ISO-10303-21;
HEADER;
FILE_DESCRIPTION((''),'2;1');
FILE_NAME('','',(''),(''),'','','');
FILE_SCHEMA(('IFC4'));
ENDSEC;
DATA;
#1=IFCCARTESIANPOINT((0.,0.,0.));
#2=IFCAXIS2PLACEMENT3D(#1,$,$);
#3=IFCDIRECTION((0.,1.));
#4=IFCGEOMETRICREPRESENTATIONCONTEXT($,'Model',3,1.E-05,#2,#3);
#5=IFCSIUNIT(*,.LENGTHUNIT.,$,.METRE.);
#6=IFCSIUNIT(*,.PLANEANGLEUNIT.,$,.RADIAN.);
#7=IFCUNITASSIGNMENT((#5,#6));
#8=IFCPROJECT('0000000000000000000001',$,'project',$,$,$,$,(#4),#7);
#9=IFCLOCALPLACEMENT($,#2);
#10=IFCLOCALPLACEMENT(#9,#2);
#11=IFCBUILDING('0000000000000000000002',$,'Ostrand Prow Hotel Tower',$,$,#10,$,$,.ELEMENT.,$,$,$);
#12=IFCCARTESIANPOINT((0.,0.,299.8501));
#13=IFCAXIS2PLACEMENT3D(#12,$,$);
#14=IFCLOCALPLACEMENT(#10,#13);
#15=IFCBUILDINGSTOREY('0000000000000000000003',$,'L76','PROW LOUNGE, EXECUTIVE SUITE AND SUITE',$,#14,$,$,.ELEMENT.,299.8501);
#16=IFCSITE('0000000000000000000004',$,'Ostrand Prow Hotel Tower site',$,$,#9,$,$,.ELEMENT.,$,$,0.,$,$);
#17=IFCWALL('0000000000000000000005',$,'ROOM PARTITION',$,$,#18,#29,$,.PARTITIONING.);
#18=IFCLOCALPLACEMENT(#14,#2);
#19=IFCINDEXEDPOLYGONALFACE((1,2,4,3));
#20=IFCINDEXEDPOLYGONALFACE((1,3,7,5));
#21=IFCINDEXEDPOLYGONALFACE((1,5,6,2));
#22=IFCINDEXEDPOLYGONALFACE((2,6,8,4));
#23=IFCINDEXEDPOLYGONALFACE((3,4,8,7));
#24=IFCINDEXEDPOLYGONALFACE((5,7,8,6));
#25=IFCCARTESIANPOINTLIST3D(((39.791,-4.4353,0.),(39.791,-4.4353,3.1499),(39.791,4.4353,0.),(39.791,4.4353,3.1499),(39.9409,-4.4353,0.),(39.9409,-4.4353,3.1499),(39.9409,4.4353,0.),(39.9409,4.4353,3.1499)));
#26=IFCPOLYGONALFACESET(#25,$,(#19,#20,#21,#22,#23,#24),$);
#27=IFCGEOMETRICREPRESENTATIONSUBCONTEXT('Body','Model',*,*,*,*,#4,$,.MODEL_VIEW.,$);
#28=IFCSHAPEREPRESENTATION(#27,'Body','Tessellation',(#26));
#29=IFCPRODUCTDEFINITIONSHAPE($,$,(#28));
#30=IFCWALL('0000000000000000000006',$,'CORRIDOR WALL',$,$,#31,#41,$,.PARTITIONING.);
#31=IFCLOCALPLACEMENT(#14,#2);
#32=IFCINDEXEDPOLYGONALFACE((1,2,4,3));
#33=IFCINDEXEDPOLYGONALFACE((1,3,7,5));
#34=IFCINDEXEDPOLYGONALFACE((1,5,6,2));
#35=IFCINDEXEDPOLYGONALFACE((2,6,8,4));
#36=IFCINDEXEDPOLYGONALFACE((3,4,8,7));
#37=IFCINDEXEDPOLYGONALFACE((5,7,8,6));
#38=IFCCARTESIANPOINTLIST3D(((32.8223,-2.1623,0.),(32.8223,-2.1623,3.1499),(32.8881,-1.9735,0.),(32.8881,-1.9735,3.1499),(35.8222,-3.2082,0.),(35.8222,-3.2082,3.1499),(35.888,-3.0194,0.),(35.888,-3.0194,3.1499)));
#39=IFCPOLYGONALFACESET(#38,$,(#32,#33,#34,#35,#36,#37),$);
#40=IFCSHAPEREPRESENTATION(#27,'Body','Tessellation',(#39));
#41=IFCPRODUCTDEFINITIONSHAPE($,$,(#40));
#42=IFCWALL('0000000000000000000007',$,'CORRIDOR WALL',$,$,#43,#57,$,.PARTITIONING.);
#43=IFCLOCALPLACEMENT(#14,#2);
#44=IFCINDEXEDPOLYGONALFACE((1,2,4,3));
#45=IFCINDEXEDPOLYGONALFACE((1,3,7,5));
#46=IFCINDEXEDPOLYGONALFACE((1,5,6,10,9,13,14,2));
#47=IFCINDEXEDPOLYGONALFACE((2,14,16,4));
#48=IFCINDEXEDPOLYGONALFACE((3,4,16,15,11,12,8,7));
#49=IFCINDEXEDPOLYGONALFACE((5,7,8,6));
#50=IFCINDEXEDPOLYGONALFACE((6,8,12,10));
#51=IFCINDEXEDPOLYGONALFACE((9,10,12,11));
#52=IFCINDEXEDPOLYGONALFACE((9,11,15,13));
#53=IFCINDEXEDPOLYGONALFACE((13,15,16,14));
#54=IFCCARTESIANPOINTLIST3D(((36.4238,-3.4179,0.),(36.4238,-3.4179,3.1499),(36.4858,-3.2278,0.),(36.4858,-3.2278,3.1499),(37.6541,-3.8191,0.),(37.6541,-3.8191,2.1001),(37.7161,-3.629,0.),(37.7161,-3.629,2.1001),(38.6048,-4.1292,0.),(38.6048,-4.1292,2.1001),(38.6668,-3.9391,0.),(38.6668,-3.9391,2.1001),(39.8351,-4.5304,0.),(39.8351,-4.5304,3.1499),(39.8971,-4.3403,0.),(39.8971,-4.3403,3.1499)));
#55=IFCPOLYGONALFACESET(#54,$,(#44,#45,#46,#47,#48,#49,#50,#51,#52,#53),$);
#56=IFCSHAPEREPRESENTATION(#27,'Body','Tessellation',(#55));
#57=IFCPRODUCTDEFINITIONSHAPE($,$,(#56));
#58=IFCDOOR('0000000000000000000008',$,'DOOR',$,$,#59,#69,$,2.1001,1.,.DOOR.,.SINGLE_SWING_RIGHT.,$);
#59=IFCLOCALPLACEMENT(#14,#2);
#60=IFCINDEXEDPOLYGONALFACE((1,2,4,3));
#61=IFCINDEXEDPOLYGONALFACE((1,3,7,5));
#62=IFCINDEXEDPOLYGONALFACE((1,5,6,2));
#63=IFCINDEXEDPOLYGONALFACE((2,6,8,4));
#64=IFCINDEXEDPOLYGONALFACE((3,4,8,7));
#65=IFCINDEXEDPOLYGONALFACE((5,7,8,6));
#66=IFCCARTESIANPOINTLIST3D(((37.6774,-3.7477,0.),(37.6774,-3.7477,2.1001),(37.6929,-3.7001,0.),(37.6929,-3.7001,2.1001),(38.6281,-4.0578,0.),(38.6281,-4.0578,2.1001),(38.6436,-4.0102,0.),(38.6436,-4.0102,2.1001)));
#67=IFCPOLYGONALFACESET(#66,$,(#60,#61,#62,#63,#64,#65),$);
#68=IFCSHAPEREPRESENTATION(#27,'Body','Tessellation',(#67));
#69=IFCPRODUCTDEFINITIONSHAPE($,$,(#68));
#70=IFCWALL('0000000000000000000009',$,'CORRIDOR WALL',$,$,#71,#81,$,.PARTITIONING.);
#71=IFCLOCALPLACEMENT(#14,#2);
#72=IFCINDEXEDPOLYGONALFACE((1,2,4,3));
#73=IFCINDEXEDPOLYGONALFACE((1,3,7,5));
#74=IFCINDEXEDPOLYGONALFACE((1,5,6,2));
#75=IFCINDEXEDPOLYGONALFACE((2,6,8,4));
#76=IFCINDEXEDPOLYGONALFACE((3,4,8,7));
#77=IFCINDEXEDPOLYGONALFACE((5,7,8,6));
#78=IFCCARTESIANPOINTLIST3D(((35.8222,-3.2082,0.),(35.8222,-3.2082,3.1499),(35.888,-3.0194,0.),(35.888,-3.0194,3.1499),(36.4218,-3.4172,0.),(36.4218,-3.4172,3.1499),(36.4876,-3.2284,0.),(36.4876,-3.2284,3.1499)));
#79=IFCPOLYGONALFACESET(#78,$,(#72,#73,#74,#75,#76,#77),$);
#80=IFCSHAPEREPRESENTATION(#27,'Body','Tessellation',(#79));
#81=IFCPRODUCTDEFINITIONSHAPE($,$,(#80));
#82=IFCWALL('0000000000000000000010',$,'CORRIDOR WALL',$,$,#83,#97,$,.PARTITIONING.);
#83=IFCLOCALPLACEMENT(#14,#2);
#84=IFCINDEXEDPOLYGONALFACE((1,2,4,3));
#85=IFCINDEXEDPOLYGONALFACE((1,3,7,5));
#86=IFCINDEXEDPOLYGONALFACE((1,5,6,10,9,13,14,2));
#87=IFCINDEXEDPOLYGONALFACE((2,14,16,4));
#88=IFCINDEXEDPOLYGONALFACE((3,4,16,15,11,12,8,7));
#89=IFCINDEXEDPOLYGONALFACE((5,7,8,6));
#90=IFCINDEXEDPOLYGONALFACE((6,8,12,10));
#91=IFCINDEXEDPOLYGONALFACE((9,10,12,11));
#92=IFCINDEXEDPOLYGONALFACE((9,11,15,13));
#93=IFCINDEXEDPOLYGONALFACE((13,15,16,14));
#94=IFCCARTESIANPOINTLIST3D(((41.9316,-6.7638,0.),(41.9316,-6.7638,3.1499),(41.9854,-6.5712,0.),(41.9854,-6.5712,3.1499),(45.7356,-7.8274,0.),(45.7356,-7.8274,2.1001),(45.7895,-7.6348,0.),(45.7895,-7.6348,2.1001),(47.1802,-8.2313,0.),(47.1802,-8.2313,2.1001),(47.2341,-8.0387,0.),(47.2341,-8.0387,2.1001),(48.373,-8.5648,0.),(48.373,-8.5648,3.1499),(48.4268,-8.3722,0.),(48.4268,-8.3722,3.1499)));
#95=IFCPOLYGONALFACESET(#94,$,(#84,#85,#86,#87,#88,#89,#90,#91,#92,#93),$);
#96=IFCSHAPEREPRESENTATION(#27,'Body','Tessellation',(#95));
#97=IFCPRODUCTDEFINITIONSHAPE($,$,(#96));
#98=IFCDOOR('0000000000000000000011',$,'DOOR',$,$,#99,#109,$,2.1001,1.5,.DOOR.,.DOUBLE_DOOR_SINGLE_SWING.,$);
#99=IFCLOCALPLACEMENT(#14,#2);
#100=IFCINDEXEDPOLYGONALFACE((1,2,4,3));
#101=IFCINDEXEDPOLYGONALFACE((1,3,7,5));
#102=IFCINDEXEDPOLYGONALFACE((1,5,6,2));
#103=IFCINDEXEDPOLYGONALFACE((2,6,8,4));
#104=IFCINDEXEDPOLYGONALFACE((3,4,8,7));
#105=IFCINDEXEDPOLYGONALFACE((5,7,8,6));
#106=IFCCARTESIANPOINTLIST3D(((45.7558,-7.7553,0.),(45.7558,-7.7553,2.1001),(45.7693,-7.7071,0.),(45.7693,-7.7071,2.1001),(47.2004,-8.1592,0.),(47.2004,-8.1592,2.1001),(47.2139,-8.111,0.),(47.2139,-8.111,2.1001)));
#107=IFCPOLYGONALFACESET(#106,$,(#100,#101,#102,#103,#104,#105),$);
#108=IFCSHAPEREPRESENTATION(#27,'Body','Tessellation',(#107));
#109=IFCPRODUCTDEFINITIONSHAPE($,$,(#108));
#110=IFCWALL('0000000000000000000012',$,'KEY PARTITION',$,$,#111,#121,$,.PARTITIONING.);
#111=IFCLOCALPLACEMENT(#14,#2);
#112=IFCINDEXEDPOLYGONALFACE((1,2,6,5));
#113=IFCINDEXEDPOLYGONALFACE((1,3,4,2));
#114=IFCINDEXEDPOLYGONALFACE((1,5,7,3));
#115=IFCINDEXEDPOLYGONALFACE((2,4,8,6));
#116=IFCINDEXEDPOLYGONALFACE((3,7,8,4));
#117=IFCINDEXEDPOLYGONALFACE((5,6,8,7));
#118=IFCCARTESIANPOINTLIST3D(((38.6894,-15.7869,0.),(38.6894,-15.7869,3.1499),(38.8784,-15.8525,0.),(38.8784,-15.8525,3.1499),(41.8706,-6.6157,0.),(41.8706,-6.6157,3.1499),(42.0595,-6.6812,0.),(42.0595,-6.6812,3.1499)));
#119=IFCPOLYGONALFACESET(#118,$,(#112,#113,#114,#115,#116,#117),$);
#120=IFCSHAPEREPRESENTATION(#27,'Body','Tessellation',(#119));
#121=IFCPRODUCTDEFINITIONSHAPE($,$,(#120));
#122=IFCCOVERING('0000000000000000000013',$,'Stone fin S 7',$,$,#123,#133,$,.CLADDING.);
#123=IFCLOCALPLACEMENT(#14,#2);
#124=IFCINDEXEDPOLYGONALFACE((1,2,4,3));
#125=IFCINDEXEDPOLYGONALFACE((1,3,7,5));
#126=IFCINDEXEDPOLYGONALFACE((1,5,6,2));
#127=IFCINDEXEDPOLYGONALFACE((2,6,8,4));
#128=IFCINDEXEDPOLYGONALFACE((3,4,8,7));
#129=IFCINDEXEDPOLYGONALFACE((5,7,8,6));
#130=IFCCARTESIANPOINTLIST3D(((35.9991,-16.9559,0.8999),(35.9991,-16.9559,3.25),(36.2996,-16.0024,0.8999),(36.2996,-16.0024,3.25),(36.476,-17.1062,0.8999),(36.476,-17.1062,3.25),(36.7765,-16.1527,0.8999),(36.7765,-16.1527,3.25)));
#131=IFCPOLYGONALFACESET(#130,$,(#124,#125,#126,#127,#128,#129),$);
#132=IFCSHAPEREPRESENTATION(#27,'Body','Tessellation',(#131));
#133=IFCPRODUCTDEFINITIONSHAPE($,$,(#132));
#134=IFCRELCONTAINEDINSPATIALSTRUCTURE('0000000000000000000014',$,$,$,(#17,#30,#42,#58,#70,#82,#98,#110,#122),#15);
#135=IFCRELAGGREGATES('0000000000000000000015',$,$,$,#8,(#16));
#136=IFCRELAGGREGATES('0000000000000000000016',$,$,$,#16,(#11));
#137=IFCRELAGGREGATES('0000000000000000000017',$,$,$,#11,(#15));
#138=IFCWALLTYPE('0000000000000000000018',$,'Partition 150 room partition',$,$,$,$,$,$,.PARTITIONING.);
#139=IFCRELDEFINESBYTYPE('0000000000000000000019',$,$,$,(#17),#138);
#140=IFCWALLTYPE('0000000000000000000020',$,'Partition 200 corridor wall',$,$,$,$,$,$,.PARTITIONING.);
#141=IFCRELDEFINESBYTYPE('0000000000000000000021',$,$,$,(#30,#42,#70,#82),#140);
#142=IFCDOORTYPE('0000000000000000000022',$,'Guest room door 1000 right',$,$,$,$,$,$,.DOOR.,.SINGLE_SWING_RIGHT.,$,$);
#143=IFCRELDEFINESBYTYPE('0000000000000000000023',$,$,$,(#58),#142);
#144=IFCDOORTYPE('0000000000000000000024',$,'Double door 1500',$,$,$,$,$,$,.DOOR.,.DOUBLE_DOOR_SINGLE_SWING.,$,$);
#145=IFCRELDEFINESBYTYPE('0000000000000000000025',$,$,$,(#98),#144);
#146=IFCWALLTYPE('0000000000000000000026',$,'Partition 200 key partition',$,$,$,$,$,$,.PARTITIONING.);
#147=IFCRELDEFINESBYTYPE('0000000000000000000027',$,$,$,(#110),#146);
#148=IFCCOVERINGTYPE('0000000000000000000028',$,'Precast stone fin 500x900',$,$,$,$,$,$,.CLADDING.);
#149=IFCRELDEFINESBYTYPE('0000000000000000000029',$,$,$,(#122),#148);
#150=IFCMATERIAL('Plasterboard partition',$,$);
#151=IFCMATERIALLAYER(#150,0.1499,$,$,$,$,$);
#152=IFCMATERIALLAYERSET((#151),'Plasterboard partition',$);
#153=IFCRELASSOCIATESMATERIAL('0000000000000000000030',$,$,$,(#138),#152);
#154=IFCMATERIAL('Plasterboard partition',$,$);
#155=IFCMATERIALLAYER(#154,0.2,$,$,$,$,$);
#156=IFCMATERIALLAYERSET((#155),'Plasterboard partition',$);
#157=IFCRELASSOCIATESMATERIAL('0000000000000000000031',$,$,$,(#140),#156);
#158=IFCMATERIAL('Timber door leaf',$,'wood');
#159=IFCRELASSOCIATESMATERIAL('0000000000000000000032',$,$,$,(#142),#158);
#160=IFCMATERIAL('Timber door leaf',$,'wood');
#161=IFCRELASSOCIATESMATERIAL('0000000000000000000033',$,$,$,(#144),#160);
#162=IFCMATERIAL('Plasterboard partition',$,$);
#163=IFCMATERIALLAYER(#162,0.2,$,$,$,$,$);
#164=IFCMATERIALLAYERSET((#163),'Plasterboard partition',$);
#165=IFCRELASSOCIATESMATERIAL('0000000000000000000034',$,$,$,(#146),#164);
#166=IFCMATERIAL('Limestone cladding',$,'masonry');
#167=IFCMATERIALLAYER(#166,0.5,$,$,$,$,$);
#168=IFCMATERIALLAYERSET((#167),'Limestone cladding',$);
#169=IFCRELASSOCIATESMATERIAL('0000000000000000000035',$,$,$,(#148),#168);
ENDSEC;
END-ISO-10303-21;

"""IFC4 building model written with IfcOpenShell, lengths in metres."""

from ifc_helpers import new_model, si_unit, direction, frame, frame_2d, origin, place, context, subcontext, project, spatial, rectangle, extrude, material, layer, layer_set, type_object, element, fill, save


model = new_model("IFC4")

# Units and contexts
model_context = context("Model", 3, precision=1e-05, world=origin(), true_north=direction((0.0, 1.0)))
body_context = subcontext(model_context, "Body", "Model", "MODEL_VIEW")
ifc_project = project(units=[si_unit("LENGTHUNIT", "METRE"), si_unit("PLANEANGLEUNIT", "RADIAN")], contexts=[model_context])

# Site, building, storey
site_placement = place(None, origin())
site = spatial("IfcSite", under=ifc_project, at=site_placement, Name="Ostrand Prow Hotel Tower site", CompositionType="ELEMENT", RefElevation=0.0)
building_placement = place(site_placement, origin())
building = spatial("IfcBuilding", under=site, at=building_placement, Name="Ostrand Prow Hotel Tower", CompositionType="ELEMENT")
storey_placement = place(building_placement, frame((0.0, 0.0, 299.8501)))
storey = spatial("IfcBuildingStorey", under=building, at=storey_placement, Name="L76", Description="PROW LOUNGE, EXECUTIVE SUITE AND SUITE", CompositionType="ELEMENT", Elevation=299.8501)

# Walls
ifc_material_1 = material(Name="Plasterboard partition")
ifc_layer_1 = layer(ifc_material_1, 0.1499)
ifc_layer_set_1 = layer_set([ifc_layer_1], Name="Plasterboard partition")
wall_type_1 = type_object("IfcWallType", Name="Partition 150 room partition", PredefinedType="PARTITIONING", material=ifc_layer_set_1)
wall_1_placement = place(storey_placement, frame((39.866, -4.4353, 0.0), z_axis=(0.0, 0.0, 1.0), x_axis=(0.0, 1.0, 0.0)))
element("IfcWall", 1, at=wall_1_placement, inside=storey, type_object=wall_type_1, Name="ROOM PARTITION", PredefinedType="PARTITIONING", context=body_context, shape_type="SweptSolid", body=[
    extrude(rectangle(XDim=8.8706, YDim=0.1499, at=frame_2d((4.4353, 0.0))), origin(), (0.0, 0.0, 1.0), 3.1499),
])
ifc_material_2 = material(Name="Plasterboard partition")
ifc_layer_2 = layer(ifc_material_2, 0.2)
ifc_layer_set_2 = layer_set([ifc_layer_2], Name="Plasterboard partition")
wall_type_2 = type_object("IfcWallType", Name="Partition 200 corridor wall", PredefinedType="PARTITIONING", material=ifc_layer_set_2)
wall_2_placement = place(storey_placement, frame((35.855, -3.1138, 0.0), z_axis=(0.0, 0.0, 1.0), x_axis=(-0.94426, 0.3292, 0.0)))
element("IfcWall", 2, at=wall_2_placement, inside=storey, type_object=wall_type_2, Name="CORRIDOR WALL", PredefinedType="PARTITIONING", context=body_context, shape_type="SweptSolid", body=[
    extrude(rectangle(XDim=3.177, YDim=0.2, at=frame_2d((1.5884, 0.0))), origin(), (0.0, 0.0, 1.0), 3.1499),
])

# Wall, opening, door
wall_3_placement = place(storey_placement, frame((39.866, -4.4353, 0.0), z_axis=(0.0, 0.0, 1.0), x_axis=(-0.950718, 0.310057, 0.0)))
wall_3 = element("IfcWall", 3, at=wall_3_placement, inside=storey, type_object=wall_type_2, Name="CORRIDOR WALL", PredefinedType="PARTITIONING", context=body_context, shape_type="SweptSolid", body=[
    extrude(rectangle(XDim=3.5881, YDim=0.2, at=frame_2d((1.7939, 0.0))), origin(), (0.0, 0.0, 1.0), 3.1499),
])
opening_1_placement = place(wall_3_placement, frame((1.2939, 0.0, 0.0)))
opening_1 = element("IfcOpeningElement", 4, at=opening_1_placement, cuts=wall_3, PredefinedType="OPENING", context=body_context, shape_type="SweptSolid", body=[
    extrude(rectangle(XDim=1.0, YDim=2.1001, at=frame_2d((0.5, 1.05))), frame((0.0, 0.1099, 0.0), z_axis=(0.0, -1.0, 0.0), x_axis=(1.0, 0.0, 0.0)), (0.0, 0.0, 1.0), 0.22),
])
ifc_material_3 = material(Name="Timber door leaf", Category="wood")
door_type_1 = type_object("IfcDoorType", Name="Guest room door 1000 right", OperationType="SINGLE_SWING_RIGHT", PredefinedType="DOOR", material=ifc_material_3)
door_1_placement = place(opening_1_placement, origin())
door_1 = element("IfcDoor", 5, at=door_1_placement, inside=storey, type_object=door_type_1, Name="DOOR", OperationType="SINGLE_SWING_RIGHT", OverallHeight=2.1001, OverallWidth=1.0, PredefinedType="DOOR", context=body_context, shape_type="SweptSolid", body=[
    extrude(rectangle(XDim=1.0, YDim=2.1001, at=frame_2d((0.5, 1.05))), frame((0.0, 0.0249, 0.0), z_axis=(0.0, -1.0, 0.0), x_axis=(1.0, 0.0, 0.0)), (0.0, 0.0, 1.0), 0.05),
])
fill(opening_1, door_1)

# Wall
wall_4_placement = place(storey_placement, frame((36.4546, -3.3228, 0.0), z_axis=(0.0, 0.0, 1.0), x_axis=(-0.944289, 0.329117, 0.0)))
element("IfcWall", 6, at=wall_4_placement, inside=storey, type_object=wall_type_2, Name="CORRIDOR WALL", PredefinedType="PARTITIONING", context=body_context, shape_type="SweptSolid", body=[
    extrude(rectangle(XDim=0.635, YDim=0.2, at=frame_2d((0.3174, 0.0))), origin(), (0.0, 0.0, 1.0), 3.1499),
])

# Wall, opening, door
wall_5_placement = place(storey_placement, frame((41.9585, -6.6675, 0.0), z_axis=(0.0, 0.0, 1.0), x_axis=(0.963064, -0.269274, 0.0)))
wall_5 = element("IfcWall", 7, at=wall_5_placement, inside=storey, type_object=wall_type_2, Name="CORRIDOR WALL", PredefinedType="PARTITIONING", context=body_context, shape_type="SweptSolid", body=[
    extrude(rectangle(XDim=6.6885, YDim=0.2, at=frame_2d((3.3442, 0.0))), origin(), (0.0, 0.0, 1.0), 3.1499),
])
opening_2_placement = place(wall_5_placement, frame((3.95, 0.0, 0.0)))
opening_2 = element("IfcOpeningElement", 8, at=opening_2_placement, cuts=wall_5, PredefinedType="OPENING", context=body_context, shape_type="SweptSolid", body=[
    extrude(rectangle(XDim=1.5, YDim=2.1001, at=frame_2d((0.75, 1.05))), frame((0.0, 0.1099, 0.0), z_axis=(0.0, -1.0, 0.0), x_axis=(1.0, 0.0, 0.0)), (0.0, 0.0, 1.0), 0.22),
])
ifc_material_4 = material(Name="Timber door leaf", Category="wood")
door_type_2 = type_object("IfcDoorType", Name="Double door 1500", OperationType="DOUBLE_DOOR_SINGLE_SWING", PredefinedType="DOOR", material=ifc_material_4)
door_2_placement = place(opening_2_placement, origin())
door_2 = element("IfcDoor", 9, at=door_2_placement, inside=storey, type_object=door_type_2, Name="DOOR", OperationType="DOUBLE_DOOR_SINGLE_SWING", OverallHeight=2.1001, OverallWidth=1.5, PredefinedType="DOOR", context=body_context, shape_type="SweptSolid", body=[
    extrude(rectangle(XDim=1.5, YDim=2.1001, at=frame_2d((0.75, 1.05))), frame((0.0, 0.0249, 0.0), z_axis=(0.0, -1.0, 0.0), x_axis=(1.0, 0.0, 0.0)), (0.0, 0.0, 1.0), 0.05),
])
fill(opening_2, door_2)

# Wall
ifc_material_5 = material(Name="Plasterboard partition")
ifc_layer_3 = layer(ifc_material_5, 0.2)
ifc_layer_set_3 = layer_set([ifc_layer_3], Name="Plasterboard partition")
wall_type_3 = type_object("IfcWallType", Name="Partition 200 key partition", PredefinedType="PARTITIONING", material=ifc_layer_set_3)
wall_6_placement = place(storey_placement, frame((38.7839, -15.8196, 0.0), z_axis=(0.0, 0.0, 1.0), x_axis=(0.327711, 0.944778, 0.0)))
element("IfcWall", 10, at=wall_6_placement, inside=storey, type_object=wall_type_3, Name="KEY PARTITION", PredefinedType="PARTITIONING", context=body_context, shape_type="SweptSolid", body=[
    extrude(rectangle(XDim=9.7073, YDim=0.2, at=frame_2d((4.8535, 0.0))), origin(), (0.0, 0.0, 1.0), 3.1499),
])

# Covering
ifc_material_6 = material(Name="Limestone cladding", Category="masonry")
ifc_layer_4 = layer(ifc_material_6, 0.5)
ifc_layer_set_4 = layer_set([ifc_layer_4], Name="Limestone cladding")
covering_type = type_object("IfcCoveringType", Name="Precast stone fin 500x900", PredefinedType="CLADDING", material=ifc_layer_set_4)
covering_placement = place(storey_placement, frame((36.5381, -16.0774, 0.8999), z_axis=(0.0, 0.0, 1.0), x_axis=(-0.300582, -0.953756, 0.0)))
element("IfcCovering", 11, at=covering_placement, inside=storey, type_object=covering_type, Name="Stone fin S 7", PredefinedType="CLADDING", context=body_context, shape_type="SweptSolid", body=[
    extrude(rectangle(XDim=0.9998, YDim=0.5, at=frame_2d((0.5, 0.0))), origin(), (0.0, 0.0, 1.0), 2.3501),
])

save(model, "model.ifc")
